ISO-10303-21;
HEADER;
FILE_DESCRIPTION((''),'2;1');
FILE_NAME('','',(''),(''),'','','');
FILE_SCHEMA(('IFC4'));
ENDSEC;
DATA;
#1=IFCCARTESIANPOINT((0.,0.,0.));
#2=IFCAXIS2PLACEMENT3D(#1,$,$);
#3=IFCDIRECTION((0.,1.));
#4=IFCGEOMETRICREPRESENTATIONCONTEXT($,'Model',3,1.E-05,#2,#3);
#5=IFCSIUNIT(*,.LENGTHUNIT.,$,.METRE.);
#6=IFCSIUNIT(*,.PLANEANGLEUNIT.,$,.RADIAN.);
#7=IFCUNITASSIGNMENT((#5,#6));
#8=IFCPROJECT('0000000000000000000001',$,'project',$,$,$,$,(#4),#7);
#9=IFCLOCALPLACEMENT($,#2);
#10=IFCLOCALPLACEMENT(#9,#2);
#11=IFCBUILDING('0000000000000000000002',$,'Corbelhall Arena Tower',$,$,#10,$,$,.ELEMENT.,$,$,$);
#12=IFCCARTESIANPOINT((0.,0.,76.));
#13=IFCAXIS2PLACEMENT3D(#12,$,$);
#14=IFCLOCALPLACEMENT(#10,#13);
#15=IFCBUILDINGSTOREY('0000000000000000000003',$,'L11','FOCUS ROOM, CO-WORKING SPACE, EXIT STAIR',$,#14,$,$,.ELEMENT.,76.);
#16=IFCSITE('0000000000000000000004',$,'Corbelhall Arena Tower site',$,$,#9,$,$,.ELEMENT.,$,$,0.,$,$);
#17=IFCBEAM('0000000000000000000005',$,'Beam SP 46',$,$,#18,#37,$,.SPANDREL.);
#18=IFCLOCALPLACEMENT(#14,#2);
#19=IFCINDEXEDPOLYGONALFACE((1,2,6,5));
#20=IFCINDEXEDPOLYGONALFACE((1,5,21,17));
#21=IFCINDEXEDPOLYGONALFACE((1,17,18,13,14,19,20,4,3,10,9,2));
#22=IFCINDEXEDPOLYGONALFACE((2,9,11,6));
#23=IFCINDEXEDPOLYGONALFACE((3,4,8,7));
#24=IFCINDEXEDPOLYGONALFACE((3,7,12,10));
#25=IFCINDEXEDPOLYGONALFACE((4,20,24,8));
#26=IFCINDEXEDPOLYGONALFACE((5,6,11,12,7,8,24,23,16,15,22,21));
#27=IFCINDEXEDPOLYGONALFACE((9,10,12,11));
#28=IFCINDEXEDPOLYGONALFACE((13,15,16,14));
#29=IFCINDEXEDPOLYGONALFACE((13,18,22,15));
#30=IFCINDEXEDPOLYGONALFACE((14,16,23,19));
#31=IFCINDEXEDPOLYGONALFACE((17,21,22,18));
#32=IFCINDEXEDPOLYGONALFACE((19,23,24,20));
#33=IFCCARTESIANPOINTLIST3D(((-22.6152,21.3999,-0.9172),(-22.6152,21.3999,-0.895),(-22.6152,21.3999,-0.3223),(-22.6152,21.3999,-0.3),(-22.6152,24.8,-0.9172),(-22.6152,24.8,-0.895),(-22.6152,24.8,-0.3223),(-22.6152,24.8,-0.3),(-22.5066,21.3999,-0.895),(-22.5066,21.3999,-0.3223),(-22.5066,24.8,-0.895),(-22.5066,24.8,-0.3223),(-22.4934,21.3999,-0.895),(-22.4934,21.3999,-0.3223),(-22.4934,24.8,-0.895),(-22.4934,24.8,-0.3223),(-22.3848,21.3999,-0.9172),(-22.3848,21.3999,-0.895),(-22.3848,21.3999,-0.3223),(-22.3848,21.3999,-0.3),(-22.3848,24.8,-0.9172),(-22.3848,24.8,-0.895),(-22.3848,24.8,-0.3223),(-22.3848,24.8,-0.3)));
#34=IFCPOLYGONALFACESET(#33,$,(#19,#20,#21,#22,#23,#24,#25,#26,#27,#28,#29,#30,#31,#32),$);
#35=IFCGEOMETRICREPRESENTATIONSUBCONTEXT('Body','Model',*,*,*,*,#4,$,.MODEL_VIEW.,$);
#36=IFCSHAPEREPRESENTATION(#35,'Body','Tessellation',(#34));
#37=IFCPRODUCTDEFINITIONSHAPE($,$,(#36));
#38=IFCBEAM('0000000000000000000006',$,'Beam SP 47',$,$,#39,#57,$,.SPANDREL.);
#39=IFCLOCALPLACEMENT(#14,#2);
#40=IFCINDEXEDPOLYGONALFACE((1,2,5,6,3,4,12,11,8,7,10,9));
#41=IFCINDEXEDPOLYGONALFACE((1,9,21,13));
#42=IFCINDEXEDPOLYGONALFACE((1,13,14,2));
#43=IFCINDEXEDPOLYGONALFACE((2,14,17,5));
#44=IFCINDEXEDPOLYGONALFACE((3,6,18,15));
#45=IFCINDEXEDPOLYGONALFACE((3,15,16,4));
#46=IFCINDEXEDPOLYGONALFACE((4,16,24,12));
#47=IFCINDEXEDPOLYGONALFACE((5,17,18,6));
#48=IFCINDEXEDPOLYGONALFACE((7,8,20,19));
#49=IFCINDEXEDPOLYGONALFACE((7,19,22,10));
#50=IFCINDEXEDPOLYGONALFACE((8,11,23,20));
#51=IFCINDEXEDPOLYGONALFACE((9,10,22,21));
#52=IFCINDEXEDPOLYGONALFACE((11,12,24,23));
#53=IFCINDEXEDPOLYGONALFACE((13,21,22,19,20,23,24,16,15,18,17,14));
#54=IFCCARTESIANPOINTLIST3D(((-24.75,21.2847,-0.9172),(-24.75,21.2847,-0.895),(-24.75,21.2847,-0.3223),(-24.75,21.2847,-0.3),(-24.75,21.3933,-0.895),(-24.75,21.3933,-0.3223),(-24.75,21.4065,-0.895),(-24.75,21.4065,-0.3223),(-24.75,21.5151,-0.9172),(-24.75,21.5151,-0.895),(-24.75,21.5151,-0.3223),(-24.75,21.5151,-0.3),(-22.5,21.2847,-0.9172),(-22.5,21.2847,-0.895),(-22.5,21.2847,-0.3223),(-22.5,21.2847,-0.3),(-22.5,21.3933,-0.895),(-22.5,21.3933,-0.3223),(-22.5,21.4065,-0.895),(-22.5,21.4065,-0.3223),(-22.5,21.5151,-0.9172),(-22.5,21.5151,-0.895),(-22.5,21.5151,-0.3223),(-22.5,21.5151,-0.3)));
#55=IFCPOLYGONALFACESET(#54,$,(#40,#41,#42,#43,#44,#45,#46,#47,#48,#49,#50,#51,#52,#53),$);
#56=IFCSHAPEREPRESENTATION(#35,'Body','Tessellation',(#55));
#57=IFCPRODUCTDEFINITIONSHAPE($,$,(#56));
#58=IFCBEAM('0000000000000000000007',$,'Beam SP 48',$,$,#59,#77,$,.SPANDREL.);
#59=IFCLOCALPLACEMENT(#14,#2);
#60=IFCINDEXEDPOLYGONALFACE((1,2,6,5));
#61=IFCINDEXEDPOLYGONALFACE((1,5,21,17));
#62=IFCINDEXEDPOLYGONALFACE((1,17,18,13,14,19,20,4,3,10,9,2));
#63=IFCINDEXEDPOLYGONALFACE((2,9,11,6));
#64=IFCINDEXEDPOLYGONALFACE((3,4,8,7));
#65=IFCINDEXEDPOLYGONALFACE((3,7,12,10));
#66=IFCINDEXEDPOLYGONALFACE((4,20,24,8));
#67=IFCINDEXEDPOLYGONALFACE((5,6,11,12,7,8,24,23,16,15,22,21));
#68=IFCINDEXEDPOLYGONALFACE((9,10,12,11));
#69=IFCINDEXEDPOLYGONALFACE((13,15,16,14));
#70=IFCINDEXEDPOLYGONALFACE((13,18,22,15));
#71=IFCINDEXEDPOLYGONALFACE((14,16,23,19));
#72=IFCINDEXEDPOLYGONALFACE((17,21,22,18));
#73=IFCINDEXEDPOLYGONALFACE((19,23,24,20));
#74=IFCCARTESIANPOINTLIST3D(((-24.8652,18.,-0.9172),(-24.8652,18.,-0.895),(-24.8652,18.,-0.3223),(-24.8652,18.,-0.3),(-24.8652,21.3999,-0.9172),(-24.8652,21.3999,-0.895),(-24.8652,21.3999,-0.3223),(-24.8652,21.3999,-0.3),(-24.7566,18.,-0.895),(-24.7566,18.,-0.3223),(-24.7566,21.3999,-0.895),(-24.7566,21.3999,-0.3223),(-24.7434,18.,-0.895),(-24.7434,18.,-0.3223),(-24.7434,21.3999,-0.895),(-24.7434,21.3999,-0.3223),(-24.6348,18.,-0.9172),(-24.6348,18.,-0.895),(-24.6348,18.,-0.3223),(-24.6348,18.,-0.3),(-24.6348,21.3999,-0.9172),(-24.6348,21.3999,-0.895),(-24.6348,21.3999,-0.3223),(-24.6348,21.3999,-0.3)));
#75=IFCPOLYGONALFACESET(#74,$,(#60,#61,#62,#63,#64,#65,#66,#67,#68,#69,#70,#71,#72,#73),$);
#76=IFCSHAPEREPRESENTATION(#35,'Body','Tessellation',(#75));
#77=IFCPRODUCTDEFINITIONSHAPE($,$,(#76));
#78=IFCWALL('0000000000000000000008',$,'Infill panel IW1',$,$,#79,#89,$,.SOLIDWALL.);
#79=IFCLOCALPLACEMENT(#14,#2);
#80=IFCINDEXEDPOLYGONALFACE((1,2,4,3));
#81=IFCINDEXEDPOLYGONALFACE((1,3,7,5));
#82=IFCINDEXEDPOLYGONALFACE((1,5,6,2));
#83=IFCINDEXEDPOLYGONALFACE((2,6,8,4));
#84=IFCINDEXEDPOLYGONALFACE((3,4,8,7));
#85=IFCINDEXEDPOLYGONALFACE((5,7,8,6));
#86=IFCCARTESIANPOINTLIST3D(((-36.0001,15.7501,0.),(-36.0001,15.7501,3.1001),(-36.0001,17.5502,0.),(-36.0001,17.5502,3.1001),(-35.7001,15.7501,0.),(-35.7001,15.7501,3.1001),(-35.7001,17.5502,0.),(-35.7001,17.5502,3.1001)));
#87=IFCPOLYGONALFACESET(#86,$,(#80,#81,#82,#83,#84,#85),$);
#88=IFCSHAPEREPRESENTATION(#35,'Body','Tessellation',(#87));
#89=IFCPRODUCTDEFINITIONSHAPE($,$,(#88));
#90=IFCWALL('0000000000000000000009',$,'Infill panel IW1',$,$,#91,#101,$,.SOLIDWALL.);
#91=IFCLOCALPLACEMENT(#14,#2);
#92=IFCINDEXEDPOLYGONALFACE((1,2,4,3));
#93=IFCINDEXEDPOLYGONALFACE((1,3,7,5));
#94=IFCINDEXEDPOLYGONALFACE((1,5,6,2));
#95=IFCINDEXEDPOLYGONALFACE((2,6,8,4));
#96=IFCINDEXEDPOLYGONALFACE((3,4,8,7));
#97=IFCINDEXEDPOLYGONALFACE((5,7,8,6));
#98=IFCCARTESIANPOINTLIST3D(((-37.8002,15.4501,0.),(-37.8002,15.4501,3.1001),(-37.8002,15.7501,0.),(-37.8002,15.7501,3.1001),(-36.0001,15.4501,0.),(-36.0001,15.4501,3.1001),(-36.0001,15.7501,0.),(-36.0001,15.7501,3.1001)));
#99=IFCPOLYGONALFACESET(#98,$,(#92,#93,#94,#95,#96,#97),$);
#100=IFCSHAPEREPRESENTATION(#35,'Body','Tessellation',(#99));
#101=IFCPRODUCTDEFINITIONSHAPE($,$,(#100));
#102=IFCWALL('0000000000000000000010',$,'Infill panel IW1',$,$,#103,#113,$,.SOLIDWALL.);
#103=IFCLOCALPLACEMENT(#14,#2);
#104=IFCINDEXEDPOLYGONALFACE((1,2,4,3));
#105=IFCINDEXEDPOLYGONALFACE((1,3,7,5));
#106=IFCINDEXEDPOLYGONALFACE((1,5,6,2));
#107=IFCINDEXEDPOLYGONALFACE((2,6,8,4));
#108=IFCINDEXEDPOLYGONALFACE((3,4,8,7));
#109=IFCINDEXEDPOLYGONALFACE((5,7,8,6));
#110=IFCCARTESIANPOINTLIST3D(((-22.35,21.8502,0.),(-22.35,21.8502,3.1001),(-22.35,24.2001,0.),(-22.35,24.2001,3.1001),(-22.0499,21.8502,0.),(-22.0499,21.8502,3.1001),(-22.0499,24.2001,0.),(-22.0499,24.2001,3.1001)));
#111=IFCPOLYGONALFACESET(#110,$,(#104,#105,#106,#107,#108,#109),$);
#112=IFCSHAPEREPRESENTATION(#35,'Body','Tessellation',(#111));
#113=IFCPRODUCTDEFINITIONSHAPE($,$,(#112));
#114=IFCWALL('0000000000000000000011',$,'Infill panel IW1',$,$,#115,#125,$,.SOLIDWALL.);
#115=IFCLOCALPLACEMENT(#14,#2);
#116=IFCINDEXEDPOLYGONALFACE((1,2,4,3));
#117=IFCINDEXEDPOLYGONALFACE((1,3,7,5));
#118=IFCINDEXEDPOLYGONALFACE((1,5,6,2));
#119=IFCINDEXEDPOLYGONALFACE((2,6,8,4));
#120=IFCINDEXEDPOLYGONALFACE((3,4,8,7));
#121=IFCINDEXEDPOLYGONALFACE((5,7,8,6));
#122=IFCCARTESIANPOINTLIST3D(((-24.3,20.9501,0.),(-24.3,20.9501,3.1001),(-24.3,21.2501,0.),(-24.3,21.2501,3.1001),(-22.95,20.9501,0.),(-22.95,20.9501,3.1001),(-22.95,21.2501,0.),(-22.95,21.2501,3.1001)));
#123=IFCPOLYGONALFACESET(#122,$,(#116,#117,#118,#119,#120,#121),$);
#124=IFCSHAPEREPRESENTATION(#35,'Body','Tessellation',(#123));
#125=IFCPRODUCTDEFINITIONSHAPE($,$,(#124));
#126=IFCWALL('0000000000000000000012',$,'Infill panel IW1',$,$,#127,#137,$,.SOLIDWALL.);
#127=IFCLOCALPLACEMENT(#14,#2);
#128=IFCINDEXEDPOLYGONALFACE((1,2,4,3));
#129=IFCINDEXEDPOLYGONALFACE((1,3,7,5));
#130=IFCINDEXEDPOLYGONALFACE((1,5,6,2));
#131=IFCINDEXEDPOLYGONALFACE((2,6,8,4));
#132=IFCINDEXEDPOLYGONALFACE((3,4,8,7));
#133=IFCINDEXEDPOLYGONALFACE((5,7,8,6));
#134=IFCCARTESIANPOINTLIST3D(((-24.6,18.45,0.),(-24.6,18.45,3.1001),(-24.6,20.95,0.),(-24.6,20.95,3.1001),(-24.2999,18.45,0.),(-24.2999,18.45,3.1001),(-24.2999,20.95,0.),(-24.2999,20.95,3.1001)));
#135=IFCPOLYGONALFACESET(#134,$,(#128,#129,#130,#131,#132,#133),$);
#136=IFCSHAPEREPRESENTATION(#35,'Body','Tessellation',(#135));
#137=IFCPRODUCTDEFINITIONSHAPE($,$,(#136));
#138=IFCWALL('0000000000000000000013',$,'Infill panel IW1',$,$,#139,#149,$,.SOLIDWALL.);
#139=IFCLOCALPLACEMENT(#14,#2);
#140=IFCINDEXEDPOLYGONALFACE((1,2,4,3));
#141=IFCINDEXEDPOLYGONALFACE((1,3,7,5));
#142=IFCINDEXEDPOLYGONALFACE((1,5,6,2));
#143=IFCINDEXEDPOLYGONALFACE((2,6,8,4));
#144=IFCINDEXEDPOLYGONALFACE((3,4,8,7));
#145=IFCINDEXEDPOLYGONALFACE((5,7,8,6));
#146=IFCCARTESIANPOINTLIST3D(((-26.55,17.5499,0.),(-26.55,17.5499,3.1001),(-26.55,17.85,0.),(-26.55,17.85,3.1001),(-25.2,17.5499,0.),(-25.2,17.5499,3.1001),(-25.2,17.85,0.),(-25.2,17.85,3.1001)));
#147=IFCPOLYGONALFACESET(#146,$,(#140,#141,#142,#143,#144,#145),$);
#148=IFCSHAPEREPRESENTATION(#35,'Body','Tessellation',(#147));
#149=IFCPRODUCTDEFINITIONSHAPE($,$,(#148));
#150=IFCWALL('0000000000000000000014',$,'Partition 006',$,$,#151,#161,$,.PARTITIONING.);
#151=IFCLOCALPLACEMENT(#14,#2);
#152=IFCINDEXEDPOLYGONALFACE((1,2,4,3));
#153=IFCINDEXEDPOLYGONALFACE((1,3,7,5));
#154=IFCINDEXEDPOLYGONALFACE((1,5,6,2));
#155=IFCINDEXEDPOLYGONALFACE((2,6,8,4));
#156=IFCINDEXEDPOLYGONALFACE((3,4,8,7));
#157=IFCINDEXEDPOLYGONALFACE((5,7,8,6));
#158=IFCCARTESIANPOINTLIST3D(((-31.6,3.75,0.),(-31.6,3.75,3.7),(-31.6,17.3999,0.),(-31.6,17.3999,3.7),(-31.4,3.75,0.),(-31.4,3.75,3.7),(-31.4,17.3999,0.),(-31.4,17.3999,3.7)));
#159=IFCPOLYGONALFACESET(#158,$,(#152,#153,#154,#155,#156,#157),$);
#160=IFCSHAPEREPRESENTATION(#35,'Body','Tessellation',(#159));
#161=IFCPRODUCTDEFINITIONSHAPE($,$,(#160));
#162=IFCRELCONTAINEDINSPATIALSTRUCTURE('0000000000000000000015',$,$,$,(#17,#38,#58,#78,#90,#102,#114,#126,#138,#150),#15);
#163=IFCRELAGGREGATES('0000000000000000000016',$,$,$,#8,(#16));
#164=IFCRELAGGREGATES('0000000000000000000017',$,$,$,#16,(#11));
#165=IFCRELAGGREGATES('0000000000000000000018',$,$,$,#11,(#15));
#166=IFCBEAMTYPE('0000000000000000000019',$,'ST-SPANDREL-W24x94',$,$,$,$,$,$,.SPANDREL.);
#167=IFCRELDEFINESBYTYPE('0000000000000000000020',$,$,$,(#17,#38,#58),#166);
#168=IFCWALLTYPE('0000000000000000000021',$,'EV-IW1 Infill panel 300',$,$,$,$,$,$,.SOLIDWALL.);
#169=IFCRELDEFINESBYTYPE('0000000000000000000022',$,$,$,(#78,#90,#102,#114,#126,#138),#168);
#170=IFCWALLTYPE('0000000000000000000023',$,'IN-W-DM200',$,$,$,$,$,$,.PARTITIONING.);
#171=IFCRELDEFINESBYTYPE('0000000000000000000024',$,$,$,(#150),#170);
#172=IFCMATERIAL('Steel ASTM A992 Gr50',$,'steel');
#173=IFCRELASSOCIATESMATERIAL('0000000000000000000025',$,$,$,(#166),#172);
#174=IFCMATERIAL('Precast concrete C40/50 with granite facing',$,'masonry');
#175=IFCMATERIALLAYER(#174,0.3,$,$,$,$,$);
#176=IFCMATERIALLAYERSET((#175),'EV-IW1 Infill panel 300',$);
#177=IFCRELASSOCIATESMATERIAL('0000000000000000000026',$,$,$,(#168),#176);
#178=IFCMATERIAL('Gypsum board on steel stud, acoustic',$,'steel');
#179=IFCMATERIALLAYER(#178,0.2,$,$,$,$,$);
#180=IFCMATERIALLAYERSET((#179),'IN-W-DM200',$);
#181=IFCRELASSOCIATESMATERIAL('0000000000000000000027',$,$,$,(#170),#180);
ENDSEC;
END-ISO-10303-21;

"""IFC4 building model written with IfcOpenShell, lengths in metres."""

from ifc_helpers import new_model, si_unit, direction, frame, frame_2d, origin, origin_2d, place, context, subcontext, project, spatial, rectangle, i_section, extrude, material, layer, layer_set, material_profile, profile_set, type_object, element, save


model = new_model("IFC4")

# Units and contexts
model_context = context("Model", 3, precision=1e-05, world=origin(), true_north=direction((0.0, 1.0)))
body_context = subcontext(model_context, "Body", "Model", "MODEL_VIEW")
ifc_project = project(units=[si_unit("LENGTHUNIT", "METRE"), si_unit("PLANEANGLEUNIT", "RADIAN")], contexts=[model_context])

# Site, building, storey
site_placement = place(None, origin())
site = spatial("IfcSite", under=ifc_project, at=site_placement, Name="Corbelhall Arena Tower site", CompositionType="ELEMENT", RefElevation=0.0)
building_placement = place(site_placement, origin())
building = spatial("IfcBuilding", under=site, at=building_placement, Name="Corbelhall Arena Tower", CompositionType="ELEMENT")
storey_placement = place(building_placement, frame((0.0, 0.0, 76.0)))
storey = spatial("IfcBuildingStorey", under=building, at=storey_placement, Name="L11", Description="FOCUS ROOM, CO-WORKING SPACE, EXIT STAIR", CompositionType="ELEMENT", Elevation=76.0)

# Beams
ifc_material_1 = material(Name="Steel ASTM A992 Gr50", Category="steel")
ifc_material_profile_1 = material_profile(ifc_material_1, i_section(OverallWidth=0.2305, OverallDepth=0.6172, WebThickness=0.0132, FlangeThickness=0.0222, at=origin_2d()))
ifc_profile_set_1 = profile_set([ifc_material_profile_1], Name="Steel ASTM A992 Gr50")
beam_type = type_object("IfcBeamType", Name="ST-SPANDREL-W24x94", PredefinedType="SPANDREL", material=ifc_profile_set_1)
beam_1_placement = place(storey_placement, frame((-22.5, 21.3999, -0.6086), z_axis=(0.0, 1.0, 0.0), x_axis=(-1.0, 0.0, 0.0)))
element("IfcBeam", 1, at=beam_1_placement, inside=storey, type_object=beam_type, Name="Beam SP 46", PredefinedType="SPANDREL", context=body_context, shape_type="SweptSolid", body=[
    extrude(i_section(OverallWidth=0.2305, OverallDepth=0.6172, WebThickness=0.0132, FlangeThickness=0.0222, at=origin_2d()), origin(), (0.0, 0.0, 1.0), 3.4001),
])
beam_2_placement = place(storey_placement, frame((-24.75, 21.3999, -0.6086), z_axis=(1.0, 0.0, 0.0), x_axis=(0.0, 1.0, 0.0)))
element("IfcBeam", 2, at=beam_2_placement, inside=storey, type_object=beam_type, Name="Beam SP 47", PredefinedType="SPANDREL", context=body_context, shape_type="SweptSolid", body=[
    extrude(i_section(OverallWidth=0.2305, OverallDepth=0.6172, WebThickness=0.0132, FlangeThickness=0.0222, at=origin_2d()), origin(), (0.0, 0.0, 1.0), 2.25),
])
beam_3_placement = place(storey_placement, frame((-24.75, 18.0, -0.6086), z_axis=(0.0, 1.0, 0.0), x_axis=(-1.0, 0.0, 0.0)))
element("IfcBeam", 3, at=beam_3_placement, inside=storey, type_object=beam_type, Name="Beam SP 48", PredefinedType="SPANDREL", context=body_context, shape_type="SweptSolid", body=[
    extrude(i_section(OverallWidth=0.2305, OverallDepth=0.6172, WebThickness=0.0132, FlangeThickness=0.0222, at=origin_2d()), origin(), (0.0, 0.0, 1.0), 3.3999),
])

# Walls
ifc_material_2 = material(Name="Precast concrete C40/50 with granite facing", Category="masonry")
ifc_layer_1 = layer(ifc_material_2, 0.3)
ifc_layer_set_1 = layer_set([ifc_layer_1], Name="EV-IW1 Infill panel 300")
wall_type_1 = type_object("IfcWallType", Name="EV-IW1 Infill panel 300", PredefinedType="SOLIDWALL", material=ifc_layer_set_1)
for number, where, z_axis, x_axis, name in (
    (4, (-35.8501, 17.55, 0.0), (0.0, 0.0, 1.0), (0.0, -1.0, 0.0), "Infill panel IW1"),
    (5, (-37.8, 15.6001, 0.0), (0.0, 0.0, 1.0), (1.0, 0.0, 0.0), "Infill panel IW1"),
):
    element("IfcWall", number, at=place(storey_placement, frame(where, z_axis=z_axis, x_axis=x_axis)), inside=storey, type_object=wall_type_1, Name=name, PredefinedType="SOLIDWALL", context=body_context, shape_type="SweptSolid", body=[
        extrude(rectangle(XDim=1.8, YDim=0.3, at=frame_2d((0.8999, 0.0))), origin(), (0.0, 0.0, 1.0), 3.1001),
    ])
wall_1_placement = place(storey_placement, frame((-22.2, 24.2, 0.0), z_axis=(0.0, 0.0, 1.0), x_axis=(0.0, -1.0, 0.0)))
element("IfcWall", 6, at=wall_1_placement, inside=storey, type_object=wall_type_1, Name="Infill panel IW1", PredefinedType="SOLIDWALL", context=body_context, shape_type="SweptSolid", body=[
    extrude(rectangle(XDim=2.3499, YDim=0.3, at=frame_2d((1.1748, 0.0))), origin(), (0.0, 0.0, 1.0), 3.1001),
])
wall_2_placement = place(storey_placement, frame((-22.95, 21.1001, 0.0), z_axis=(0.0, 0.0, 1.0), x_axis=(-1.0, 0.0, 0.0)))
element("IfcWall", 7, at=wall_2_placement, inside=storey, type_object=wall_type_1, Name="Infill panel IW1", PredefinedType="SOLIDWALL", context=body_context, shape_type="SweptSolid", body=[
    extrude(rectangle(XDim=1.3501, YDim=0.3, at=frame_2d((0.675, 0.0))), origin(), (0.0, 0.0, 1.0), 3.1001),
])
wall_3_placement = place(storey_placement, frame((-24.45, 20.95, 0.0), z_axis=(0.0, 0.0, 1.0), x_axis=(0.0, -1.0, 0.0)))
element("IfcWall", 8, at=wall_3_placement, inside=storey, type_object=wall_type_1, Name="Infill panel IW1", PredefinedType="SOLIDWALL", context=body_context, shape_type="SweptSolid", body=[
    extrude(rectangle(XDim=2.5, YDim=0.3, at=frame_2d((1.25, 0.0))), origin(), (0.0, 0.0, 1.0), 3.1001),
])
wall_4_placement = place(storey_placement, frame((-25.2, 17.7, 0.0), z_axis=(0.0, 0.0, 1.0), x_axis=(-1.0, 0.0, 0.0)))
element("IfcWall", 9, at=wall_4_placement, inside=storey, type_object=wall_type_1, Name="Infill panel IW1", PredefinedType="SOLIDWALL", context=body_context, shape_type="SweptSolid", body=[
    extrude(rectangle(XDim=1.3501, YDim=0.3, at=frame_2d((0.675, 0.0))), origin(), (0.0, 0.0, 1.0), 3.1001),
])

# Wall
ifc_material_3 = material(Name="Gypsum board on steel stud, acoustic", Category="steel")
ifc_layer_2 = layer(ifc_material_3, 0.2)
ifc_layer_set_2 = layer_set([ifc_layer_2], Name="IN-W-DM200")
wall_type_2 = type_object("IfcWallType", Name="IN-W-DM200", PredefinedType="PARTITIONING", material=ifc_layer_set_2)
wall_5_placement = place(storey_placement, frame((-31.5, 17.3999, 0.0), z_axis=(0.0, 0.0, 1.0), x_axis=(0.0, -1.0, 0.0)))
element("IfcWall", 10, at=wall_5_placement, inside=storey, type_object=wall_type_2, Name="Partition 006", PredefinedType="PARTITIONING", context=body_context, shape_type="SweptSolid", body=[
    extrude(rectangle(XDim=13.6499, YDim=0.2, at=frame_2d((6.825, 0.0))), origin(), (0.0, 0.0, 1.0), 3.7),
])

save(model, "model.ifc")
